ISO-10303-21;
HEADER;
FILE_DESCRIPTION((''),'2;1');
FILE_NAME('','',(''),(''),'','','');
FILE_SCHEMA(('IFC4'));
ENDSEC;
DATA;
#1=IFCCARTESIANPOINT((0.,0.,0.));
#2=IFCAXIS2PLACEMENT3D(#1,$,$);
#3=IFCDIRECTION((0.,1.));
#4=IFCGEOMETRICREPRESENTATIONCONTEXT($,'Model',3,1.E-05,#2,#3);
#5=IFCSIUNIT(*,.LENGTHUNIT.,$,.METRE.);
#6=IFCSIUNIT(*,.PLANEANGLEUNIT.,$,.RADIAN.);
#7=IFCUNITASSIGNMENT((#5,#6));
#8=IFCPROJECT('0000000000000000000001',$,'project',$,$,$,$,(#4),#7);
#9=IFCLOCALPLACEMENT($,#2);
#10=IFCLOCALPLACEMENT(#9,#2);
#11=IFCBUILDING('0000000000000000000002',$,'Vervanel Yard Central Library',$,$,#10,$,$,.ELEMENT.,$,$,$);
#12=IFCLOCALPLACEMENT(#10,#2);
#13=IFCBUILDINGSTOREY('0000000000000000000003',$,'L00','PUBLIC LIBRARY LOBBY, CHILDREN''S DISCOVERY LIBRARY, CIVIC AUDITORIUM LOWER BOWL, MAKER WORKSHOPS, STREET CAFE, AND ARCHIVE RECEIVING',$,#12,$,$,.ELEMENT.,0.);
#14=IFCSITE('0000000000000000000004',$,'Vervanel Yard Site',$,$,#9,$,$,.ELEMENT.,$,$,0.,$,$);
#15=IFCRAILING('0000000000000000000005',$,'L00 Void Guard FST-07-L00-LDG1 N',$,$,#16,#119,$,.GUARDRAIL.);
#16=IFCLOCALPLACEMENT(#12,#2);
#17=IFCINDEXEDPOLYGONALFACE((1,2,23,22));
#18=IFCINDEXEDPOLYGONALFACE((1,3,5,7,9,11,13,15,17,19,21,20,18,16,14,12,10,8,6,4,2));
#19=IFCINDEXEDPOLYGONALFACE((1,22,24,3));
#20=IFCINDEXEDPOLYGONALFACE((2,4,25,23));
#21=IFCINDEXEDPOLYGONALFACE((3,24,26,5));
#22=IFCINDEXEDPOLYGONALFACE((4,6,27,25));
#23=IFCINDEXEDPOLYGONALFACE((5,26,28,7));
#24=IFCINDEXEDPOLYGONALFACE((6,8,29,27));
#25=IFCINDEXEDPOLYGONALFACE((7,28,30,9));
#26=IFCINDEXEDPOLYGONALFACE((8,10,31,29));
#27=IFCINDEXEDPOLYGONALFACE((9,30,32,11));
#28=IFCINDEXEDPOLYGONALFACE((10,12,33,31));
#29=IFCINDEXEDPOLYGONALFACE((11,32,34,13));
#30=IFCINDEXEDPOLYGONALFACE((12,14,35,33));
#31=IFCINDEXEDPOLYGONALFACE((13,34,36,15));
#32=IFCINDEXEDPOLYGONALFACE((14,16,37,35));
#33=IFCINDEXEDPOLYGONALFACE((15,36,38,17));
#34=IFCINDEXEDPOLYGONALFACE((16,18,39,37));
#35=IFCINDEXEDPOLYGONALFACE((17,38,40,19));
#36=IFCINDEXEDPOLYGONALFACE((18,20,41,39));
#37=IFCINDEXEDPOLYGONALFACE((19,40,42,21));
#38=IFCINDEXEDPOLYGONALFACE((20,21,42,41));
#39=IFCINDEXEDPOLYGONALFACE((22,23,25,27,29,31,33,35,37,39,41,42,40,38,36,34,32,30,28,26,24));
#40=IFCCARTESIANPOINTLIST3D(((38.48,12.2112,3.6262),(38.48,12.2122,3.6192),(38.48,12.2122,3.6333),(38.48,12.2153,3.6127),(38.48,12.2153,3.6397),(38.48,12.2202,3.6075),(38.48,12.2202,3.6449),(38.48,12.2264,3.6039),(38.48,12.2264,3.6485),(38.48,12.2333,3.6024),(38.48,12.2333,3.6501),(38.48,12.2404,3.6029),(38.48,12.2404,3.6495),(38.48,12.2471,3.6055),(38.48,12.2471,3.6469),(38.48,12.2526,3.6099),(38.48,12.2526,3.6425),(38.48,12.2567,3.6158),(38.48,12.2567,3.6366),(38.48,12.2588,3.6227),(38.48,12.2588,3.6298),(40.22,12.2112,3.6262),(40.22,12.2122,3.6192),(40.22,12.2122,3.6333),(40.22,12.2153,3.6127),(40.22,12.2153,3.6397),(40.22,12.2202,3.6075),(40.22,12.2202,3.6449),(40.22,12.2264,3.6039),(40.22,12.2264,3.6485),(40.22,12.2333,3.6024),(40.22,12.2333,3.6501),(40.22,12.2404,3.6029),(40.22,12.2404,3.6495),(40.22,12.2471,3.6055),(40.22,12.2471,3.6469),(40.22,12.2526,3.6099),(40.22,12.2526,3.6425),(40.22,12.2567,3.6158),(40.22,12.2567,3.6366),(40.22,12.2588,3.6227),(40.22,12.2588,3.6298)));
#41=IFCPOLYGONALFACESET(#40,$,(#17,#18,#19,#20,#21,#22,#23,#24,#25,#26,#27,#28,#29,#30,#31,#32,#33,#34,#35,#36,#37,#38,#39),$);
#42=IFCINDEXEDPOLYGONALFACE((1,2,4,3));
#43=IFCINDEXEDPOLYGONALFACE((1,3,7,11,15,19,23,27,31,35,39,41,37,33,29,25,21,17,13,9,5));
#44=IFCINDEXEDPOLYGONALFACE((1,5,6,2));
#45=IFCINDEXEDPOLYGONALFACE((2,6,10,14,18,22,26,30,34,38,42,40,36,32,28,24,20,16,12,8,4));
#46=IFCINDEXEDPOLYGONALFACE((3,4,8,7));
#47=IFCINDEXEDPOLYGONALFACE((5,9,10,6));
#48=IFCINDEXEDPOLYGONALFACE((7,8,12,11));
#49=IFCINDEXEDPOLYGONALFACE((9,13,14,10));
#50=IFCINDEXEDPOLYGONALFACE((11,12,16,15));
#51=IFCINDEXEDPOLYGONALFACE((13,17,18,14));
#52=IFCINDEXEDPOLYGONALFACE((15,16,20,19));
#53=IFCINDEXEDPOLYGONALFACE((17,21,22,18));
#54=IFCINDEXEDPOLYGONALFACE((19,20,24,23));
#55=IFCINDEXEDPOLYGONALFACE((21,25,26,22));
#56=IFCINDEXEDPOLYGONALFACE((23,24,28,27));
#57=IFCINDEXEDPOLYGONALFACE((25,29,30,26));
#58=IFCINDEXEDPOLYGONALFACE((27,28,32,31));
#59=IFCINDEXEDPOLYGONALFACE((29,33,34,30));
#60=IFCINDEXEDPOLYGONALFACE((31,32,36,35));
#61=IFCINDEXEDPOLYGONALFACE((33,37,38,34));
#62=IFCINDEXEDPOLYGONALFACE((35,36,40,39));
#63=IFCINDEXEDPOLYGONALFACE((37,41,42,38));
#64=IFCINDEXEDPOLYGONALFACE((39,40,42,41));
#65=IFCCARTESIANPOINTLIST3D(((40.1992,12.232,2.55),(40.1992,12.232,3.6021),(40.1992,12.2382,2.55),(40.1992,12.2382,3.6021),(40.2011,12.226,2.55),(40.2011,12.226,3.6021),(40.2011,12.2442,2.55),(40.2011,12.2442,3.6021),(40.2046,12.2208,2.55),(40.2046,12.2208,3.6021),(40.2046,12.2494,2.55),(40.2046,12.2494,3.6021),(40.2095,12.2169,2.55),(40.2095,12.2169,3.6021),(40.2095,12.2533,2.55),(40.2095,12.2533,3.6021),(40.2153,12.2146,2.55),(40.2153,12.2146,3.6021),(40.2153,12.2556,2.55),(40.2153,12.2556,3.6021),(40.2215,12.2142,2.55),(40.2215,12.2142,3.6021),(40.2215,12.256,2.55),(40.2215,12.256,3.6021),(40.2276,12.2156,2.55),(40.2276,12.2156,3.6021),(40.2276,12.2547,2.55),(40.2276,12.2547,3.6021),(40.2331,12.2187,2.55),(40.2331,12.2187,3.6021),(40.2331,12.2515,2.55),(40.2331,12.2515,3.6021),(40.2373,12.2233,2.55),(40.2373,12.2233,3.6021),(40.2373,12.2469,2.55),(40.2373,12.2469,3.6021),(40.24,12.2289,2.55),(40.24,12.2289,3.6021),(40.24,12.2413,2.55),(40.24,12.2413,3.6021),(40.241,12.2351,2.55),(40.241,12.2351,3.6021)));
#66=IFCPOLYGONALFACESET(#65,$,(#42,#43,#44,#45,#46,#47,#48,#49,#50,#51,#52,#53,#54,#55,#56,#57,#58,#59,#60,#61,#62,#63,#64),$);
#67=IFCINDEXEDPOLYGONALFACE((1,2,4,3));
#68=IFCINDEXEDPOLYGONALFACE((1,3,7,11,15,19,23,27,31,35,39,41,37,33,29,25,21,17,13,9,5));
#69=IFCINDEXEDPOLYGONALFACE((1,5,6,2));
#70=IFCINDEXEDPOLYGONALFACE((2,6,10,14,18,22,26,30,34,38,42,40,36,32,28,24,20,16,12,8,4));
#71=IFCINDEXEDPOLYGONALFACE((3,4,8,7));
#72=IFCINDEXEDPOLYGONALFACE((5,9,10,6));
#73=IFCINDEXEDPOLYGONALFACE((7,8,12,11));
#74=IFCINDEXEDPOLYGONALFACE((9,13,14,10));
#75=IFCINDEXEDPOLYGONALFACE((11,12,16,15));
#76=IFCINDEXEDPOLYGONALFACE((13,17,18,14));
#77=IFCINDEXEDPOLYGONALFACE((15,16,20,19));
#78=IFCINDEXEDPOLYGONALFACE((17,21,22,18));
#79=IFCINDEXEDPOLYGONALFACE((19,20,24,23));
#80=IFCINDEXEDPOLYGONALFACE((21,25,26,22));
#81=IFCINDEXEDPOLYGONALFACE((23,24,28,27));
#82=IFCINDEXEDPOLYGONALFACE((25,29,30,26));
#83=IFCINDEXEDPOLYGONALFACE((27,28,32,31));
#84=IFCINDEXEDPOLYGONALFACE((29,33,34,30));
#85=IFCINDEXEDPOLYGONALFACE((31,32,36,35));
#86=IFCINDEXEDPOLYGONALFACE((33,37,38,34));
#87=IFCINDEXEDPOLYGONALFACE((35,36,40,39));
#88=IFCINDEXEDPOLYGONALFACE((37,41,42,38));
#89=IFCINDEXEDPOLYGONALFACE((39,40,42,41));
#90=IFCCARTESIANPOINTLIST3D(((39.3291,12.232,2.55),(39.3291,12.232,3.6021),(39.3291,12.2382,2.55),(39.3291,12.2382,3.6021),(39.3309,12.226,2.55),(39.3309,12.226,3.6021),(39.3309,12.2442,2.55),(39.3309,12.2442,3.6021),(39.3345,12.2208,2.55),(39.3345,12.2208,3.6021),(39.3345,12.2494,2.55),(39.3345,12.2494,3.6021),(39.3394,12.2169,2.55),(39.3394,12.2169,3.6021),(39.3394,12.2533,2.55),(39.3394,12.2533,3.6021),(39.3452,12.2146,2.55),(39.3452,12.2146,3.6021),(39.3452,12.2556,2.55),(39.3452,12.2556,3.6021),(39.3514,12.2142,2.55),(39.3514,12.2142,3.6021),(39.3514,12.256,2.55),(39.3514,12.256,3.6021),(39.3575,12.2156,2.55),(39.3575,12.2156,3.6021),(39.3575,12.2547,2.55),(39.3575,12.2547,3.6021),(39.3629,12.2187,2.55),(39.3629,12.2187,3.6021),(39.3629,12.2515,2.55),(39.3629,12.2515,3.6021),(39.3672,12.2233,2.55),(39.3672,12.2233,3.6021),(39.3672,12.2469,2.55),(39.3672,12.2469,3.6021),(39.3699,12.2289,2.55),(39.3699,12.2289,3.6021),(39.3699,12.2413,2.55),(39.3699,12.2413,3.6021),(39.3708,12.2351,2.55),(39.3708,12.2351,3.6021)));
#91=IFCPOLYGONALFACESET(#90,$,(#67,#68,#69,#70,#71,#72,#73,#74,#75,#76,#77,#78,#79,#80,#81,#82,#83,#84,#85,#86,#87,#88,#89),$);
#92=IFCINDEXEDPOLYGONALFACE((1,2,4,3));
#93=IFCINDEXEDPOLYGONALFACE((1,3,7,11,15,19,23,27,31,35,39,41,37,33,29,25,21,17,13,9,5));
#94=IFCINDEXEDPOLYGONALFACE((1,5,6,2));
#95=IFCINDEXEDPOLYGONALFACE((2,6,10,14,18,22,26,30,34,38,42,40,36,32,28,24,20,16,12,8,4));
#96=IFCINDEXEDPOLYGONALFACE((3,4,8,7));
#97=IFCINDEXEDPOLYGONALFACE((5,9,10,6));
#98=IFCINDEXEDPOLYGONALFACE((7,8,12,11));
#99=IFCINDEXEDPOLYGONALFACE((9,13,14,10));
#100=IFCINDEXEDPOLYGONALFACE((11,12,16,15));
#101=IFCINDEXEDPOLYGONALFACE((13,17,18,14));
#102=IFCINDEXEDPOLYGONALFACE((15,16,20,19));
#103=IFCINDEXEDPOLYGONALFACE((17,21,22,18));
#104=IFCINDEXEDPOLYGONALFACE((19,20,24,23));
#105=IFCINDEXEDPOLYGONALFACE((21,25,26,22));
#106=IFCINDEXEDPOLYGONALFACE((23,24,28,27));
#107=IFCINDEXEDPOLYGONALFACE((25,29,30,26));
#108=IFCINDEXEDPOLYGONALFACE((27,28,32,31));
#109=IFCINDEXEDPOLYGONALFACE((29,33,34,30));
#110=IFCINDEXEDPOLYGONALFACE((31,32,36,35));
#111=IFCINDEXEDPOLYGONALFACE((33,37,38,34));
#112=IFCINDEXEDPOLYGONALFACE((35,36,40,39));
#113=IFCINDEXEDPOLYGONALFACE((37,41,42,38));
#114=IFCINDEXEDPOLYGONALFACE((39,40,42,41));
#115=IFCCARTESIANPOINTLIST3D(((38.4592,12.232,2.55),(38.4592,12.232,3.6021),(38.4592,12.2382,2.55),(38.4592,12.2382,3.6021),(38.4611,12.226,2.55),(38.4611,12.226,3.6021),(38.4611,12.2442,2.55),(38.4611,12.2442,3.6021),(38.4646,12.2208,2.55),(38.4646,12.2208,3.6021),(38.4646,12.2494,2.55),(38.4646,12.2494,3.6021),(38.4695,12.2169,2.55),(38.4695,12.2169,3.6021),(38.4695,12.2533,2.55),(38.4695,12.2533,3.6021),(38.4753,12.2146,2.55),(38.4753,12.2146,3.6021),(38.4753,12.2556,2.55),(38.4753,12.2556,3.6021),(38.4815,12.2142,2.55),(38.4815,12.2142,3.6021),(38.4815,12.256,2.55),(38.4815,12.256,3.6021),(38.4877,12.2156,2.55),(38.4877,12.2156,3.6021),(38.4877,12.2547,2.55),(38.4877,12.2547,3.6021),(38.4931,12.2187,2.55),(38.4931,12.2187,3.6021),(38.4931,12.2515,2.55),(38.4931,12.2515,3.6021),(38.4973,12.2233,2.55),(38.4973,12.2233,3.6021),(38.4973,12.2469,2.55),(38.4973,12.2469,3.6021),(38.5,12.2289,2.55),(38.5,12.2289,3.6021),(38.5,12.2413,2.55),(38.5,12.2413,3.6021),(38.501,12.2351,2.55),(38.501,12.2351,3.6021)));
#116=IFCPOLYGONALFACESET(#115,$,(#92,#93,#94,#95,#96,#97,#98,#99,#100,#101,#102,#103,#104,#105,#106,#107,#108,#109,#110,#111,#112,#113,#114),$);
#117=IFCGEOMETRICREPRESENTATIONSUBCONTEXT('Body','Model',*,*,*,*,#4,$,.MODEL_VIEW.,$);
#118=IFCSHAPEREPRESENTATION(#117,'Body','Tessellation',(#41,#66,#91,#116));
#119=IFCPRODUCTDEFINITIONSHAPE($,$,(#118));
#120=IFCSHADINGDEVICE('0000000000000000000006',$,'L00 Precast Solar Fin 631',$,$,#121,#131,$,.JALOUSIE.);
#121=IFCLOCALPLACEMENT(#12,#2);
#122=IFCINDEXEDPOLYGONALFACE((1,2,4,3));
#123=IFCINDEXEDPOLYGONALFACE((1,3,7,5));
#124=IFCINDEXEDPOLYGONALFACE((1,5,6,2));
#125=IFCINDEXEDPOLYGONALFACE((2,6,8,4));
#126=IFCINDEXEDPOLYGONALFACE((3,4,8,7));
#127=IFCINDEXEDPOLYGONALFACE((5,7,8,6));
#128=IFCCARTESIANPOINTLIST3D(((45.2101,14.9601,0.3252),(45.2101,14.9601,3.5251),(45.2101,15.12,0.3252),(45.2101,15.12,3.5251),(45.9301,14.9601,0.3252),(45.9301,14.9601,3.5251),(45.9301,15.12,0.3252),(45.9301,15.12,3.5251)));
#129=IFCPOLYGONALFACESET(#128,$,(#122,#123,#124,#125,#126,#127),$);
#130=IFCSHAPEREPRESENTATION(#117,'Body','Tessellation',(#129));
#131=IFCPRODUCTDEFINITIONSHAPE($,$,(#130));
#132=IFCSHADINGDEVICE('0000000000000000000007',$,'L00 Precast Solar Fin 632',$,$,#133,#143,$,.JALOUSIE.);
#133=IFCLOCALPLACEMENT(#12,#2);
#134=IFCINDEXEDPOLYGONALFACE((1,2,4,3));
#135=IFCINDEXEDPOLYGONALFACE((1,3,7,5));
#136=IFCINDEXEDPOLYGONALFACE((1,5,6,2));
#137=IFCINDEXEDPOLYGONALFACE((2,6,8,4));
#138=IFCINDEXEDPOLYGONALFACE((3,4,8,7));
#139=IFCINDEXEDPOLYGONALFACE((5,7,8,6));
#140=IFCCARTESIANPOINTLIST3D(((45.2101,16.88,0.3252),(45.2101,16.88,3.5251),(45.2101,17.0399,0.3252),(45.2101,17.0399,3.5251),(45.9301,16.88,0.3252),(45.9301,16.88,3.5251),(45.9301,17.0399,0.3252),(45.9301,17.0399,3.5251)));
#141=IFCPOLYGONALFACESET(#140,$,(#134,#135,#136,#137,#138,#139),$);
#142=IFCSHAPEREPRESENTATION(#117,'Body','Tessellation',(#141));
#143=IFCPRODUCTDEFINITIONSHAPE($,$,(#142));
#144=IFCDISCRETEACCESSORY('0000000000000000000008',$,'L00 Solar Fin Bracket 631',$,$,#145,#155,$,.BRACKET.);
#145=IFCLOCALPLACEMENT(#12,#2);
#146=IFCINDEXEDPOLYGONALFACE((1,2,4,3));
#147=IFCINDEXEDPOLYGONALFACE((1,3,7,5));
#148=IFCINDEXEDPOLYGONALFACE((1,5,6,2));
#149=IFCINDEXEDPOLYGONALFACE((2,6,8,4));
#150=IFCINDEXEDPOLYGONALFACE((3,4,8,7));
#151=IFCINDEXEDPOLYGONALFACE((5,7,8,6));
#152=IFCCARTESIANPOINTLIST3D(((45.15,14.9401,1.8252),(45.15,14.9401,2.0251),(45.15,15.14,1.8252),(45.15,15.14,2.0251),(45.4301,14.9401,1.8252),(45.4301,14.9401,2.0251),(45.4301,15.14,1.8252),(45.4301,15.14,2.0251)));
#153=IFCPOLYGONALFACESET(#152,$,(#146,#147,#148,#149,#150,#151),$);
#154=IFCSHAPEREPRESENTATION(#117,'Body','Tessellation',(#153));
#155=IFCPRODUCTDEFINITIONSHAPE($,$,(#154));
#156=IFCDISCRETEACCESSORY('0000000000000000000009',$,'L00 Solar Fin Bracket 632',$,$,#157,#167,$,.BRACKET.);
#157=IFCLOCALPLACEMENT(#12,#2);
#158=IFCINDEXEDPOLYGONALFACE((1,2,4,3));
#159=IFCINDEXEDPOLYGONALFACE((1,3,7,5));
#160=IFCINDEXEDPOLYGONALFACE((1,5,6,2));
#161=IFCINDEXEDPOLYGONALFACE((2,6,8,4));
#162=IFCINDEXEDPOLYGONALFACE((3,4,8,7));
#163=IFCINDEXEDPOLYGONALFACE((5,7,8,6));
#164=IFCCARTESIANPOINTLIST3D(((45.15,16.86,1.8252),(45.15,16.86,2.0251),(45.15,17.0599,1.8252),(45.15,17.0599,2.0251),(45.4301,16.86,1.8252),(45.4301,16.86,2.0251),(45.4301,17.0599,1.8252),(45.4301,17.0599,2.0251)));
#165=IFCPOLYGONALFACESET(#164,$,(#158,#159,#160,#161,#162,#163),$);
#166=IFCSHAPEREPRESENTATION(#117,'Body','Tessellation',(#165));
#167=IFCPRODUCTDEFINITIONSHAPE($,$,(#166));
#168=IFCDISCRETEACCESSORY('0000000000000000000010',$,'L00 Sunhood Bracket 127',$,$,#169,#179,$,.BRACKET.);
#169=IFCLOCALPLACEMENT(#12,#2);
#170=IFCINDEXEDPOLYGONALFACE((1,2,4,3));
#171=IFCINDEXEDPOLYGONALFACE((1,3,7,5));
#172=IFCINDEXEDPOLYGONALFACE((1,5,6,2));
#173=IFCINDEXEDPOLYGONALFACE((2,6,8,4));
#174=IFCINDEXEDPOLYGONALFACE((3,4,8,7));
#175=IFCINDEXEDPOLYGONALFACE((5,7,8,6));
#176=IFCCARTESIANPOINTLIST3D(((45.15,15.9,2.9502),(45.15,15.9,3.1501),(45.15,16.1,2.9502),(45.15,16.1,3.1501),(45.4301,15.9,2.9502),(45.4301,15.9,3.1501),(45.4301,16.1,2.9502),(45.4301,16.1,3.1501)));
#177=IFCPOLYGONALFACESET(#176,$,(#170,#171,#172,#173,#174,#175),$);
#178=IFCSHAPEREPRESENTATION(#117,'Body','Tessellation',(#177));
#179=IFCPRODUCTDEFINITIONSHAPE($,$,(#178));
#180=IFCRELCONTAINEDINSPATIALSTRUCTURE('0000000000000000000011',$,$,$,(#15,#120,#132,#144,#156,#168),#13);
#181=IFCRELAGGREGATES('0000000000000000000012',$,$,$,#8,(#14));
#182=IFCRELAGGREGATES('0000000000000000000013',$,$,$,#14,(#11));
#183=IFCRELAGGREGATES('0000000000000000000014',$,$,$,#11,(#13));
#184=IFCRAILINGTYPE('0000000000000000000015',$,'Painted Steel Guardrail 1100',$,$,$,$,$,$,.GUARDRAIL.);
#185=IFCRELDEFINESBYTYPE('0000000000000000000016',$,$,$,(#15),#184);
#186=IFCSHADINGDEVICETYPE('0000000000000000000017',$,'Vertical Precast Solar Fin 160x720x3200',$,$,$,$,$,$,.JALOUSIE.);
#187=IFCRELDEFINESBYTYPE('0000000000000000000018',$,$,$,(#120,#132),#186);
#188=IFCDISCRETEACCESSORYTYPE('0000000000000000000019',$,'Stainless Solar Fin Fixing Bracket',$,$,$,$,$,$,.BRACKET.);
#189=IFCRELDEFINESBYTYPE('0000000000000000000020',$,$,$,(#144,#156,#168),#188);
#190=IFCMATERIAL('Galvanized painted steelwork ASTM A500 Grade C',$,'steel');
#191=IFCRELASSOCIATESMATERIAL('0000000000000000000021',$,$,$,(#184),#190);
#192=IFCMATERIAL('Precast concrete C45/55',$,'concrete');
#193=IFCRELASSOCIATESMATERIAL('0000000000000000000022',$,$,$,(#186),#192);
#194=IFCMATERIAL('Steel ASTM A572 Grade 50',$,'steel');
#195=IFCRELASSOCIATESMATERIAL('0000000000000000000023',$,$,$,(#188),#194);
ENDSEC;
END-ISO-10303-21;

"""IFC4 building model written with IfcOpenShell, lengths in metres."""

from ifc_helpers import new_model, si_unit, direction, frame, origin, origin_2d, place, context, subcontext, project, spatial, rectangle, circle, extrude, material, type_object, element, save


model = new_model("IFC4")

# Units and contexts
model_context = context("Model", 3, precision=1e-05, world=origin(), true_north=direction((0.0, 1.0)))
body_context = subcontext(model_context, "Body", "Model", "MODEL_VIEW")
ifc_project = project(units=[si_unit("LENGTHUNIT", "METRE"), si_unit("PLANEANGLEUNIT", "RADIAN")], contexts=[model_context])

# Site, building, storey
site_placement = place(None, origin())
site = spatial("IfcSite", under=ifc_project, at=site_placement, Name="Vervanel Yard Site", CompositionType="ELEMENT", RefElevation=0.0)
building_placement = place(site_placement, origin())
building = spatial("IfcBuilding", under=site, at=building_placement, Name="Vervanel Yard Central Library", CompositionType="ELEMENT")
storey_placement = place(building_placement, origin())
storey = spatial("IfcBuildingStorey", under=building, at=storey_placement, Name="L00", Description="PUBLIC LIBRARY LOBBY, CHILDREN'S DISCOVERY LIBRARY, CIVIC AUDITORIUM LOWER BOWL, MAKER WORKSHOPS, STREET CAFE, AND ARCHIVE RECEIVING", CompositionType="ELEMENT", Elevation=0.0)

# Shared definitions
ifc_material_1 = material(Name="Precast concrete C45/55", Category="concrete")

# Railing
ifc_material_2 = material(Name="Galvanized painted steelwork ASTM A500 Grade C", Category="steel")
railing_type = type_object("IfcRailingType", Name="Painted Steel Guardrail 1100", PredefinedType="GUARDRAIL", material=ifc_material_2)
railing_1_placement = place(storey_placement, frame((40.22, 12.2351, 2.55)))
element("IfcRailing", 1, at=railing_1_placement, inside=storey, type_object=railing_type, Name="L00 Void Guard FST-07-L00-LDG1 N", PredefinedType="GUARDRAIL", context=body_context, shape_type="SweptSolid", body=[
    extrude(circle(Radius=0.0239, at=origin_2d()), frame((0.0, 0.0, 1.0762), z_axis=(-1.0, 0.0, 0.0), x_axis=(0.0, -1.0, 0.0)), (0.0, 0.0, 1.0), 1.74),
    extrude(circle(Radius=0.021, at=origin_2d()), origin(), (0.0, 0.0, 1.0), 1.052),
    extrude(circle(Radius=0.021, at=origin_2d()), frame((-0.8701, 0.0, 0.0)), (0.0, 0.0, 1.0), 1.052),
    extrude(circle(Radius=0.021, at=origin_2d()), frame((-1.74, 0.0, 0.0)), (0.0, 0.0, 1.0), 1.052),
])

# Shading devices
shading_device_type_1 = type_object("IfcShadingDeviceType", Name="Vertical Precast Solar Fin 160x720x3200", PredefinedType="JALOUSIE", material=ifc_material_1)
for number, where, z_axis, x_axis, name in (
    (2, (45.5701, 15.04, 0.3252), (0.0, 0.0, 1.0), (0.0, 1.0, 0.0), "L00 Precast Solar Fin 631"),
    (3, (45.5701, 16.96, 0.3252), (0.0, 0.0, 1.0), (0.0, 1.0, 0.0), "L00 Precast Solar Fin 632"),
):
    element("IfcShadingDevice", number, at=place(storey_placement, frame(where, z_axis=z_axis, x_axis=x_axis)), inside=storey, type_object=shading_device_type_1, Name=name, PredefinedType="JALOUSIE", context=body_context, shape_type="SweptSolid", body=[
        extrude(rectangle(XDim=0.1599, YDim=0.72, at=origin_2d()), origin(), (0.0, 0.0, 1.0), 3.2),
    ])

# Discrete accessories
ifc_material_3 = material(Name="Steel ASTM A572 Grade 50", Category="steel")
discrete_accessory_type = type_object("IfcDiscreteAccessoryType", Name="Stainless Solar Fin Fixing Bracket", PredefinedType="BRACKET", material=ifc_material_3)
for number, where, z_axis, x_axis, name in (
    (4, (45.29, 15.04, 1.8252), (0.0, 0.0, 1.0), (0.0, 1.0, 0.0), "L00 Solar Fin Bracket 631"),
    (5, (45.29, 16.96, 1.8252), (0.0, 0.0, 1.0), (0.0, 1.0, 0.0), "L00 Solar Fin Bracket 632"),
    (6, (45.29, 16.0, 2.9502), (0.0, 0.0, 1.0), (0.0, 1.0, 0.0), "L00 Sunhood Bracket 127"),
):
    element("IfcDiscreteAccessory", number, at=place(storey_placement, frame(where, z_axis=z_axis, x_axis=x_axis)), inside=storey, type_object=discrete_accessory_type, Name=name, PredefinedType="BRACKET", context=body_context, shape_type="SweptSolid", body=[
        extrude(rectangle(XDim=0.2, YDim=0.28, at=origin_2d()), origin(), (0.0, 0.0, 1.0), 0.2),
    ])

save(model, "model.ifc")
